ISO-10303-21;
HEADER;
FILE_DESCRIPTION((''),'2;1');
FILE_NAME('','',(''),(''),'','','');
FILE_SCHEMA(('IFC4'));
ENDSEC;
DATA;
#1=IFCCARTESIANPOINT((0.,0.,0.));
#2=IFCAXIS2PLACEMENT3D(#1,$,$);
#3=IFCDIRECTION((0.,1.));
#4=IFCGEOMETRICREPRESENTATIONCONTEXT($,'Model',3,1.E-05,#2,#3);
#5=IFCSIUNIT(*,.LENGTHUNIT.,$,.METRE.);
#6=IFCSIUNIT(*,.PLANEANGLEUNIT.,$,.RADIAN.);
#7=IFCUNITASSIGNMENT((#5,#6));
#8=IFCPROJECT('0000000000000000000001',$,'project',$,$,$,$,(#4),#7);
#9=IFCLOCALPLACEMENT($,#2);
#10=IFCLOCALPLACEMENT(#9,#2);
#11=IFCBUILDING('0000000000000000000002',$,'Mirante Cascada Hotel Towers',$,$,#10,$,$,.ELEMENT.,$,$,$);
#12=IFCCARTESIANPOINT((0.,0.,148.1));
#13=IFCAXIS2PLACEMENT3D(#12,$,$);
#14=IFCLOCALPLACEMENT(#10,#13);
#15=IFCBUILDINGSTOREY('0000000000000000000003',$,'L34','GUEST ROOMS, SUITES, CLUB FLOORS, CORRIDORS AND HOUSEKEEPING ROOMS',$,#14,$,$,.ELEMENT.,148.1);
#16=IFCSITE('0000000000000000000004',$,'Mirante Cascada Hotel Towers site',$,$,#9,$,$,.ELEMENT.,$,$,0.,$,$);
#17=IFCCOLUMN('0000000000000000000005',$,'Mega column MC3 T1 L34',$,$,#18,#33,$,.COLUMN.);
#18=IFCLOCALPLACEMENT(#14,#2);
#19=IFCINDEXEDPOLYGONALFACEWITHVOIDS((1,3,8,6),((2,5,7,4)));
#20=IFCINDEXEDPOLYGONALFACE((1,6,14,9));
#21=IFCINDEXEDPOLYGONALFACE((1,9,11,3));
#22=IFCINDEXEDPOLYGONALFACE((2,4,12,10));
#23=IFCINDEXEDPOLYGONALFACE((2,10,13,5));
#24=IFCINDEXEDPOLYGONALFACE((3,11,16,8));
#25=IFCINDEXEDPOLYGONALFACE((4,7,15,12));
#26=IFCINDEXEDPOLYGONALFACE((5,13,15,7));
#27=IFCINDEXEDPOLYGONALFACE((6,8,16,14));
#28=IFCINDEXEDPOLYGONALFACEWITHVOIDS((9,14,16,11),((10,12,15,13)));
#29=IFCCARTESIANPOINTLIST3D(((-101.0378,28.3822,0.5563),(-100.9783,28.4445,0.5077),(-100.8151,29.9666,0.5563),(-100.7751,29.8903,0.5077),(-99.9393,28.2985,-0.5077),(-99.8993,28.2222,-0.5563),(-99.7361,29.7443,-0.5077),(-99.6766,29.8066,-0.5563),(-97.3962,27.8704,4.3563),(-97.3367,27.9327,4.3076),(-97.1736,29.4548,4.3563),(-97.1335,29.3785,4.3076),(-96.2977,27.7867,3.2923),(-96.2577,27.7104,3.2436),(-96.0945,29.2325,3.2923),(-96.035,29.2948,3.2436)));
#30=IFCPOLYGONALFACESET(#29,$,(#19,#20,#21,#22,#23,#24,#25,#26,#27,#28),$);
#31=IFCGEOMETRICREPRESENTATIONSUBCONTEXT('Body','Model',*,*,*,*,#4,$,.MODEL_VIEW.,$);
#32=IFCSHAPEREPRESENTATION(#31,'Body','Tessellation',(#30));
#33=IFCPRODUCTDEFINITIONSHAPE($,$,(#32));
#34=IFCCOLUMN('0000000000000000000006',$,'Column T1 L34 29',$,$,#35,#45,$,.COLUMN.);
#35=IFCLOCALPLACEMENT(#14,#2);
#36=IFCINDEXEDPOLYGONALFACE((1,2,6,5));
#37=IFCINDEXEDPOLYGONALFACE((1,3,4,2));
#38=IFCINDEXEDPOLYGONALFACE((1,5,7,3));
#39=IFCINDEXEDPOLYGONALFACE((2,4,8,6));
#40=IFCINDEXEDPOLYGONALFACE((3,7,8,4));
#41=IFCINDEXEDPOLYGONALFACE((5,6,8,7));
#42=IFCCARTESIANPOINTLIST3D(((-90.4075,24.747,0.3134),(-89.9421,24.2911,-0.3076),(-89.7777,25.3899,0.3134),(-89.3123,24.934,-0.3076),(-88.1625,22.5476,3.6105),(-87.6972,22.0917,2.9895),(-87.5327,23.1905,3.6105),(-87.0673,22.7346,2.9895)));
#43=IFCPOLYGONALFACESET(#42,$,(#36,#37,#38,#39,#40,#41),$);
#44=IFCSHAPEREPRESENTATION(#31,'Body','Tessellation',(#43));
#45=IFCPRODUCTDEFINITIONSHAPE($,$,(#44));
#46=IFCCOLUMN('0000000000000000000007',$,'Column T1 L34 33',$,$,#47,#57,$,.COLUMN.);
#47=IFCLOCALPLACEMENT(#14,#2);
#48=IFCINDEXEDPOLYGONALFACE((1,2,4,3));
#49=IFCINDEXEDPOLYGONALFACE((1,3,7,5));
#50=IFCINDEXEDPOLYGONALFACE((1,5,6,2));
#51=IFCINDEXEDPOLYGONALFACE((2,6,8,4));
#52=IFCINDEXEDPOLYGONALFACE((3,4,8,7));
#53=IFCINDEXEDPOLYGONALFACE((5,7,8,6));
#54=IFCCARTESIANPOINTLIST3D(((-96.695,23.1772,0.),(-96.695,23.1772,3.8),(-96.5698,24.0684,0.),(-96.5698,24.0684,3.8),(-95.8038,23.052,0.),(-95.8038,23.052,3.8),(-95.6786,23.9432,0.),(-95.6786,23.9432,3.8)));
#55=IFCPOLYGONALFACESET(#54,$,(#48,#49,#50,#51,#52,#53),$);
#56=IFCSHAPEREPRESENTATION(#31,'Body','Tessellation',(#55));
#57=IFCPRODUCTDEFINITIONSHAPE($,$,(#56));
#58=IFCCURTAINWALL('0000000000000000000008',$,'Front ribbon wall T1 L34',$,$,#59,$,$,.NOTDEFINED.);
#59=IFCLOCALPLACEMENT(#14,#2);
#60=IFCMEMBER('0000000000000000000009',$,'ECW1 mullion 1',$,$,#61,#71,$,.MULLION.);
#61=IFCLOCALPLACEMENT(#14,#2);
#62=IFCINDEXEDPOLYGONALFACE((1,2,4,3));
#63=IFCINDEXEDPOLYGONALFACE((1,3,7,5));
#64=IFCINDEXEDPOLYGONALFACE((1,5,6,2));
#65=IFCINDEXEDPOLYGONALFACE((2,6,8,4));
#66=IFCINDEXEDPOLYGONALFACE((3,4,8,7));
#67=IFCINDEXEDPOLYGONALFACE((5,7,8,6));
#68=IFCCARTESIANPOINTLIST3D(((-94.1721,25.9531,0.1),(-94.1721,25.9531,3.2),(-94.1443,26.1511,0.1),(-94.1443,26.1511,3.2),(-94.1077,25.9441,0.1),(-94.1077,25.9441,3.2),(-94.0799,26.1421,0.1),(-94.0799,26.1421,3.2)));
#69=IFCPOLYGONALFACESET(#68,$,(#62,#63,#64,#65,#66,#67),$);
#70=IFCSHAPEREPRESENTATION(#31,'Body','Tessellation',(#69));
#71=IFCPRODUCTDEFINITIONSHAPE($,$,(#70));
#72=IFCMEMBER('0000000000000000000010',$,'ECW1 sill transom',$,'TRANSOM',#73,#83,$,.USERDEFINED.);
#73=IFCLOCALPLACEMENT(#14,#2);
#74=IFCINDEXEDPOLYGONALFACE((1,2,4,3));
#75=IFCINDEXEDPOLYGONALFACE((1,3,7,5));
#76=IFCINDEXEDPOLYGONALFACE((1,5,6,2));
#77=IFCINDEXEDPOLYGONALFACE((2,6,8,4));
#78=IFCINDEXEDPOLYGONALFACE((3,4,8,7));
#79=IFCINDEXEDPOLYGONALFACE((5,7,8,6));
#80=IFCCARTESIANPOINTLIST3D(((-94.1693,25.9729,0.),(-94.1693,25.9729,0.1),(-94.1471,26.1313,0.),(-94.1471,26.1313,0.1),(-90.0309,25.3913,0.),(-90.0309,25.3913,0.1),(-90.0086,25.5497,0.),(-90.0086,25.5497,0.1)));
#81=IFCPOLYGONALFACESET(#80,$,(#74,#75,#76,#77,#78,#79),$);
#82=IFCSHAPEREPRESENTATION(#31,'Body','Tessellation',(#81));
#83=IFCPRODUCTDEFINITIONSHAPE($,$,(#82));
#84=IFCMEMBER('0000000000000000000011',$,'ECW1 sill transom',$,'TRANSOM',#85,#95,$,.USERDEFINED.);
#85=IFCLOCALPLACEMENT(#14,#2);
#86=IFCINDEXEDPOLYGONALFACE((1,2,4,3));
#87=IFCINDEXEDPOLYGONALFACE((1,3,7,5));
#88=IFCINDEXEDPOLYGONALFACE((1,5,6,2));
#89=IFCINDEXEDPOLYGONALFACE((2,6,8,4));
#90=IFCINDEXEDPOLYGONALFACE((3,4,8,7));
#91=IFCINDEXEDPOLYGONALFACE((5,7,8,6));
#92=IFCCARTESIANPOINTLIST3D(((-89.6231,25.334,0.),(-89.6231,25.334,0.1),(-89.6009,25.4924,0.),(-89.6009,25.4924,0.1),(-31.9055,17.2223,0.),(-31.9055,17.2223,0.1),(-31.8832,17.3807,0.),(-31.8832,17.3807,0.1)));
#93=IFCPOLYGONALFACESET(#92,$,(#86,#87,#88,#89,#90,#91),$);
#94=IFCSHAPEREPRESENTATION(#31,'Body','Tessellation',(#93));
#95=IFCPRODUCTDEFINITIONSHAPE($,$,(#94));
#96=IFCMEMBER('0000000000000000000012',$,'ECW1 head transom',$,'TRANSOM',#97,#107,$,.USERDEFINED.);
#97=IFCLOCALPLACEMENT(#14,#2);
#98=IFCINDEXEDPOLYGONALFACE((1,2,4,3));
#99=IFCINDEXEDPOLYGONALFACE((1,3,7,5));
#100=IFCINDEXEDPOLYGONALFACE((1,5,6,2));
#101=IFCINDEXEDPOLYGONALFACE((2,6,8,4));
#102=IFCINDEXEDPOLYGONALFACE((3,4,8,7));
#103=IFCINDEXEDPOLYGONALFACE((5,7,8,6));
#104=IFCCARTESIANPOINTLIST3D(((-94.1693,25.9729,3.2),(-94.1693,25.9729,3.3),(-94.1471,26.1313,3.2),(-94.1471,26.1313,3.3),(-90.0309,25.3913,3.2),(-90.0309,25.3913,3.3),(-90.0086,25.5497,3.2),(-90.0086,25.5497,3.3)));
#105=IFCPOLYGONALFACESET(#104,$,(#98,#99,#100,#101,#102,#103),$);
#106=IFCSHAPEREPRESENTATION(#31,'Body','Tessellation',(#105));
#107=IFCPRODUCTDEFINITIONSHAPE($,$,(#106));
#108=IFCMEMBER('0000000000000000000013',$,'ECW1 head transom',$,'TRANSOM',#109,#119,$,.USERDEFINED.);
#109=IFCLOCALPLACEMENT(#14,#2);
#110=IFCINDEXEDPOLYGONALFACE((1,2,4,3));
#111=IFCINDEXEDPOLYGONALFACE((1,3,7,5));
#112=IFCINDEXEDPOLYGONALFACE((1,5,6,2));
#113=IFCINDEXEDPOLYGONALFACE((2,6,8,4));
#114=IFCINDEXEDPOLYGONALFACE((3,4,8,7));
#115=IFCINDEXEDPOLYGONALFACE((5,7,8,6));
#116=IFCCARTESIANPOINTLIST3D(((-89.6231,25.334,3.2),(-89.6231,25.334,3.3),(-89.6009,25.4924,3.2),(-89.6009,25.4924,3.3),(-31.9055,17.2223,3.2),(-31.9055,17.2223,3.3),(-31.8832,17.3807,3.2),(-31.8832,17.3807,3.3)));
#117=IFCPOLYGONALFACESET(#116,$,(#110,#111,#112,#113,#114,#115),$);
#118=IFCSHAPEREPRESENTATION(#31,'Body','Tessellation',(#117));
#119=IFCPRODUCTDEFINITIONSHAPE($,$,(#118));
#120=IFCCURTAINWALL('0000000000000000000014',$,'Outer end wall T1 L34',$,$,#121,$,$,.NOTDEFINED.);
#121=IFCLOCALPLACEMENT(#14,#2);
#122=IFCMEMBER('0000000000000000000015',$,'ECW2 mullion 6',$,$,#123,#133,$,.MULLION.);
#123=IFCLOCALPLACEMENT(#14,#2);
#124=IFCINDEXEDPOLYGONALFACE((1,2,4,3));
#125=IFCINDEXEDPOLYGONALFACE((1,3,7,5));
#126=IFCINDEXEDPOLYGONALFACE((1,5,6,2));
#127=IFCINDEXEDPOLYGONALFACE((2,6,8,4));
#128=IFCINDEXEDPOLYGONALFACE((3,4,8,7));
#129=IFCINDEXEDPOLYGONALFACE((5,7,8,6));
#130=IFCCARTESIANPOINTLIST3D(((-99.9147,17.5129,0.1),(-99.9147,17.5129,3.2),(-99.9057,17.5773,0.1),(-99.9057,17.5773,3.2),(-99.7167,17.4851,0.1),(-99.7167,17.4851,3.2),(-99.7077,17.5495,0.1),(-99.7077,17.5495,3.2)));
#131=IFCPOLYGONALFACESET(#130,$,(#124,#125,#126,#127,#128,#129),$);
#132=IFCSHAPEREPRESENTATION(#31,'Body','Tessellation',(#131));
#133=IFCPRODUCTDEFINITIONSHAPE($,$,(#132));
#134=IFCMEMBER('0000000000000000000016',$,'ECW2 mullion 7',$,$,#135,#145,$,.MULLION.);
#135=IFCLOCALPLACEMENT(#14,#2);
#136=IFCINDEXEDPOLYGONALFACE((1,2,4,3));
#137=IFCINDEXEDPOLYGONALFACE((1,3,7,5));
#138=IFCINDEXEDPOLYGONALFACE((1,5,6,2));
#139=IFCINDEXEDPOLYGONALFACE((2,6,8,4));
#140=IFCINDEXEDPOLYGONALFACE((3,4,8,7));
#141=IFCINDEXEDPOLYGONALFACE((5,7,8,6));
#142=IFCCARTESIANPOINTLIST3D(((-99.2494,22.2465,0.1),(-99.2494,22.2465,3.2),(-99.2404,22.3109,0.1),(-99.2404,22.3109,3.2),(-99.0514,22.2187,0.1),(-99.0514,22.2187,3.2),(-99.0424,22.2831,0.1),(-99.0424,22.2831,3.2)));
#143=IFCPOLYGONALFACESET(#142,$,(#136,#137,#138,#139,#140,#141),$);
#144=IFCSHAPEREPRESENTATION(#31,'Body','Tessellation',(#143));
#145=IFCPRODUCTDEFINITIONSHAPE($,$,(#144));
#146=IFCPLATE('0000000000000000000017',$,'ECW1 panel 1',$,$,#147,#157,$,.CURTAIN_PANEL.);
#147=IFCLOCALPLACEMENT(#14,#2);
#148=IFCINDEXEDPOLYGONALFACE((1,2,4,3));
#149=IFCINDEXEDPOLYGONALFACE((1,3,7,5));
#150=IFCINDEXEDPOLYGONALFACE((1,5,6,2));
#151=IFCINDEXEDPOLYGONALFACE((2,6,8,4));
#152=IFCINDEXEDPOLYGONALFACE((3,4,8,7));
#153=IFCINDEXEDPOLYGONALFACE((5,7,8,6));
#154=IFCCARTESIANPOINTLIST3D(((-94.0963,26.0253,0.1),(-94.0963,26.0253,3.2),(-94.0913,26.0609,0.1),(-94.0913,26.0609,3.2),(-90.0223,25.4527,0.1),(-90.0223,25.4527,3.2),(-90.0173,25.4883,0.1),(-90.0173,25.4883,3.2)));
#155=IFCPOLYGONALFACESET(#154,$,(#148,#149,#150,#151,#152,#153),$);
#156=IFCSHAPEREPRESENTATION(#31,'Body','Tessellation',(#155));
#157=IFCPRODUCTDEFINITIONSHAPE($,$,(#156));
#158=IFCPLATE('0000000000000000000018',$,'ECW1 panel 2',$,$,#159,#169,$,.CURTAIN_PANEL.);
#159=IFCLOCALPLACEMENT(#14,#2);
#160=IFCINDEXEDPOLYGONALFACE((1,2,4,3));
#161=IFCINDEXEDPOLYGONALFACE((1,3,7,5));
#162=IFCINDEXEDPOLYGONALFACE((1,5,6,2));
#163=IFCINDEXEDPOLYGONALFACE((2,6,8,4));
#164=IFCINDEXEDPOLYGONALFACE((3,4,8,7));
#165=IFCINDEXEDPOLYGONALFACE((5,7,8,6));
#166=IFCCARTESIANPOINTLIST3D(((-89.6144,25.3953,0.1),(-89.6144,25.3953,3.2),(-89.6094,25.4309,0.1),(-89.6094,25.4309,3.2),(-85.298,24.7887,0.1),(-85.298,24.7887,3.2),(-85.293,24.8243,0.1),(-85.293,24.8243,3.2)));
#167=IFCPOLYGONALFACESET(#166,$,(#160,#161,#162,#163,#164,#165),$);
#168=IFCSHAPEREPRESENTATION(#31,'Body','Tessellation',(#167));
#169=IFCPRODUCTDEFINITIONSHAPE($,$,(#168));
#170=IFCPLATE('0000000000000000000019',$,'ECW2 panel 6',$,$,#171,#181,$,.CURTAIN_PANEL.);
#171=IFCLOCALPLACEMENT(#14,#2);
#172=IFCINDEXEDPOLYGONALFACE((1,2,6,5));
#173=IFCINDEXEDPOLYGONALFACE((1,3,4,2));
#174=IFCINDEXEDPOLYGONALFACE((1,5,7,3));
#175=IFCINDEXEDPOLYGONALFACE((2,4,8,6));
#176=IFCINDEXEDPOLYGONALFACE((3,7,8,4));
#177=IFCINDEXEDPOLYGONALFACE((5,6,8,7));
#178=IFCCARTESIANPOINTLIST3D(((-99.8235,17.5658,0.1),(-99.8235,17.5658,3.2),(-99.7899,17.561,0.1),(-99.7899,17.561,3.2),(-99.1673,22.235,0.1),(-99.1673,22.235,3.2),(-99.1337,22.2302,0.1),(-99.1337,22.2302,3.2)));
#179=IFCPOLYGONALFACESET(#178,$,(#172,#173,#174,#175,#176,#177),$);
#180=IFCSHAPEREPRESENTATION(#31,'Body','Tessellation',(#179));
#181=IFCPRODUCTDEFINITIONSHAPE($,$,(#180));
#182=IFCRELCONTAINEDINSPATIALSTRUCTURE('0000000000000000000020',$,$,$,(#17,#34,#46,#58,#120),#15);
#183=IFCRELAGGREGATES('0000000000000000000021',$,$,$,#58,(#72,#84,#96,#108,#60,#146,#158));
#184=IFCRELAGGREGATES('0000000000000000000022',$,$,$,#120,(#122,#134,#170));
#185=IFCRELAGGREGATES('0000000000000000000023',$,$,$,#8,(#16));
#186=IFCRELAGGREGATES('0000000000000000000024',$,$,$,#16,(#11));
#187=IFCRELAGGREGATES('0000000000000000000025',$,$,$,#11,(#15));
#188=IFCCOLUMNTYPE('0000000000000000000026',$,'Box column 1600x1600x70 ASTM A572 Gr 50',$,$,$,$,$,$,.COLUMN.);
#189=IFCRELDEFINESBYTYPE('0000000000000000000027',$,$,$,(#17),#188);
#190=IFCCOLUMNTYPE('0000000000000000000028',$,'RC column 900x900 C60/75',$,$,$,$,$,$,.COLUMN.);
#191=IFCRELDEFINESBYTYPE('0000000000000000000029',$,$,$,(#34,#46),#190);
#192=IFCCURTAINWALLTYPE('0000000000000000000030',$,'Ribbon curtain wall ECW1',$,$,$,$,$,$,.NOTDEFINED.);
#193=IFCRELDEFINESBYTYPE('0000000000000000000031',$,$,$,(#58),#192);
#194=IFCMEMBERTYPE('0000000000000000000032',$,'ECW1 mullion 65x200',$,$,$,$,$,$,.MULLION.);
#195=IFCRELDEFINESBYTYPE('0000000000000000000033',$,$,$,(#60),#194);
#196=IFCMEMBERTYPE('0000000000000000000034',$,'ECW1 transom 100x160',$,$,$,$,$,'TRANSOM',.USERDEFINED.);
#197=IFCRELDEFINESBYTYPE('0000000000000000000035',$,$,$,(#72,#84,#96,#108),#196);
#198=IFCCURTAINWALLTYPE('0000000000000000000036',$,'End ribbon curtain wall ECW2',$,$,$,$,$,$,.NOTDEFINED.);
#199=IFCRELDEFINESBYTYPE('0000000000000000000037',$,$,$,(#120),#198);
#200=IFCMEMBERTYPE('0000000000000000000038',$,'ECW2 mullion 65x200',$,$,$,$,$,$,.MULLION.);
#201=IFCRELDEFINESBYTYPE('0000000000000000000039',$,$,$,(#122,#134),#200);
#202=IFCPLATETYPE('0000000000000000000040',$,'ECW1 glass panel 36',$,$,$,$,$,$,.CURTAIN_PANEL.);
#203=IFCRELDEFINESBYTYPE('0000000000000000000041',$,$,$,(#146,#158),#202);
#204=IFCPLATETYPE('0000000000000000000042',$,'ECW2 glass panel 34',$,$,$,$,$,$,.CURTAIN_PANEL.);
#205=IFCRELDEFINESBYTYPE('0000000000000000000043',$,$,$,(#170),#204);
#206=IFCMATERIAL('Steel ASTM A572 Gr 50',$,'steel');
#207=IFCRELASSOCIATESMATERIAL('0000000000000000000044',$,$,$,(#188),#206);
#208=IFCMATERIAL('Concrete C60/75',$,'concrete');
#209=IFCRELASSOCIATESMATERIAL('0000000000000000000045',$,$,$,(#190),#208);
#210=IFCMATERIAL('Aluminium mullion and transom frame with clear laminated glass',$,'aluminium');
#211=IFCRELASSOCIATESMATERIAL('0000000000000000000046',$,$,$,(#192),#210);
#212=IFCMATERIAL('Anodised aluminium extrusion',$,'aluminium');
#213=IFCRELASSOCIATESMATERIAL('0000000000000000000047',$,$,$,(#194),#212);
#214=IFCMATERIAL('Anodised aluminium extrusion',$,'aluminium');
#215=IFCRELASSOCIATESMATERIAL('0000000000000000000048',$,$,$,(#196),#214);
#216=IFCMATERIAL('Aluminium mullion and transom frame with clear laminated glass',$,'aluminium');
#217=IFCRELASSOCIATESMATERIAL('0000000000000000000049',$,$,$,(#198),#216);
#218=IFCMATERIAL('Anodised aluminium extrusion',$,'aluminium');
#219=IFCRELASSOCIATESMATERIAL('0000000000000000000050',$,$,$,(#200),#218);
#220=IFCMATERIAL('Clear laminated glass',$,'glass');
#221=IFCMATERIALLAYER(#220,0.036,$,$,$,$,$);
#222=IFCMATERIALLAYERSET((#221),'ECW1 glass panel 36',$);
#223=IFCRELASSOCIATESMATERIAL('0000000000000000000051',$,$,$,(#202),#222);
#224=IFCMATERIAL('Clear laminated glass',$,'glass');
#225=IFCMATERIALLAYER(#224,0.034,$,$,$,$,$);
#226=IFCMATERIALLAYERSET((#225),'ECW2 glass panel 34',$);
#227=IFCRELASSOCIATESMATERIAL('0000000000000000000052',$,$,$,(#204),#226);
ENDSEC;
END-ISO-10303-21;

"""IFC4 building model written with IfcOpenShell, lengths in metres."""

from ifc_helpers import new_model, si_unit, direction, frame, origin, origin_2d, place, context, subcontext, project, spatial, rectangle, hollow_rectangle, extrude, material, layer, layer_set, material_profile, profile_set, type_object, element, aggregate, save


model = new_model("IFC4")

# Units and contexts
model_context = context("Model", 3, precision=1e-05, world=origin(), true_north=direction((0.0, 1.0)))
body_context = subcontext(model_context, "Body", "Model", "MODEL_VIEW")
ifc_project = project(units=[si_unit("LENGTHUNIT", "METRE"), si_unit("PLANEANGLEUNIT", "RADIAN")], contexts=[model_context])

# Site, building, storey
site_placement = place(None, origin())
site = spatial("IfcSite", under=ifc_project, at=site_placement, Name="Mirante Cascada Hotel Towers site", CompositionType="ELEMENT", RefElevation=0.0)
building_placement = place(site_placement, origin())
building = spatial("IfcBuilding", under=site, at=building_placement, Name="Mirante Cascada Hotel Towers", CompositionType="ELEMENT")
storey_placement = place(building_placement, frame((0.0, 0.0, 148.1)))
storey = spatial("IfcBuildingStorey", under=building, at=storey_placement, Name="L34", Description="GUEST ROOMS, SUITES, CLUB FLOORS, CORRIDORS AND HOUSEKEEPING ROOMS", CompositionType="ELEMENT", Elevation=148.1)

# Columns
ifc_material_1 = material(Name="Steel ASTM A572 Gr 50", Category="steel")
ifc_material_profile_1 = material_profile(ifc_material_1, hollow_rectangle(XDim=1.6, YDim=1.6, WallThickness=0.07, at=origin_2d()), Name="Box column 1600x1600x70 ASTM A572 Gr 50")
ifc_profile_set_1 = profile_set([ifc_material_profile_1], Name="Steel ASTM A572 Gr 50")
column_type_1 = type_object("IfcColumnType", Name="Box column 1600x1600x70 ASTM A572 Gr 50", PredefinedType="COLUMN", material=ifc_profile_set_1)
column_1_placement = place(storey_placement, frame((-100.3572, 29.0944, 0.0), z_axis=(0.688651, -0.096785, 0.718605), x_axis=(0.139175, 0.990268, 0.0)))
element("IfcColumn", 1, at=column_1_placement, inside=storey, type_object=column_type_1, Name="Mega column MC3 T1 L34", PredefinedType="COLUMN", context=body_context, shape_type="SweptSolid", body=[
    extrude(hollow_rectangle(XDim=1.6, YDim=1.6, WallThickness=0.07, at=origin_2d()), origin(), (0.0, 0.0, 1.0), 5.288),
])
ifc_material_2 = material(Name="Concrete C60/75", Category="concrete")
ifc_material_profile_2 = material_profile(ifc_material_2, rectangle(XDim=0.9, YDim=0.9, at=origin_2d()), Name="RC column 900x900 C60/75")
ifc_profile_set_2 = profile_set([ifc_material_profile_2], Name="Concrete C60/75")
column_type_2 = type_object("IfcColumnType", Name="RC column 900x900 C60/75", PredefinedType="COLUMN", material=ifc_profile_set_2)
column_2_placement = place(storey_placement, frame((-89.8599, 24.8405, 0.0029), z_axis=(0.492862, -0.482851, 0.723838), x_axis=(0.699815, 0.714324, 0.0)))
element("IfcColumn", 2, at=column_2_placement, inside=storey, type_object=column_type_2, Name="Column T1 L34 29", PredefinedType="COLUMN", context=body_context, shape_type="SweptSolid", body=[
    extrude(rectangle(XDim=0.9, YDim=0.9, at=origin_2d()), origin(), (0.0, 0.0, 1.0), 4.555),
])
column_3_placement = place(storey_placement, frame((-96.1868, 23.5602, 0.0), z_axis=(0.0, 0.0, 1.0), x_axis=(-0.990268, 0.139173, 0.0)))
element("IfcColumn", 3, at=column_3_placement, inside=storey, type_object=column_type_2, Name="Column T1 L34 33", PredefinedType="COLUMN", context=body_context, shape_type="SweptSolid", body=[
    extrude(rectangle(XDim=0.9, YDim=0.9, at=origin_2d()), origin(), (0.0, 0.0, 1.0), 3.8),
])

# Curtain walls, members
ifc_material_3 = material(Name="Aluminium mullion and transom frame with clear laminated glass", Category="aluminium")
curtain_wall_type_1 = type_object("IfcCurtainWallType", Name="Ribbon curtain wall ECW1", PredefinedType="NOTDEFINED", material=ifc_material_3)
curtain_wall_1_placement = place(storey_placement, origin())
curtain_wall_1 = element("IfcCurtainWall", 4, at=curtain_wall_1_placement, inside=storey, type_object=curtain_wall_type_1, Name="Front ribbon wall T1 L34", PredefinedType="NOTDEFINED")
ifc_material_4 = material(Name="Anodised aluminium extrusion", Category="aluminium")
ifc_material_profile_3 = material_profile(ifc_material_4, rectangle(XDim=0.2, YDim=0.065, at=origin_2d()), Name="ECW1 MULLION 65x200")
ifc_profile_set_3 = profile_set([ifc_material_profile_3], Name="Anodised aluminium extrusion")
member_type_1 = type_object("IfcMemberType", Name="ECW1 mullion 65x200", PredefinedType="MULLION", material=ifc_profile_set_3)
member_1_placement = place(storey_placement, frame((-94.126, 26.0476, 0.1), z_axis=(0.0, 0.0, 1.0), x_axis=(0.139173, 0.990268, 0.0)))
member_1 = element("IfcMember", 5, at=member_1_placement, type_object=member_type_1, Name="ECW1 mullion 1", PredefinedType="MULLION", context=body_context, shape_type="SweptSolid", body=[
    extrude(rectangle(XDim=0.2, YDim=0.065, at=origin_2d()), origin(), (0.0, 0.0, 1.0), 3.1),
])
ifc_material_5 = material(Name="Anodised aluminium extrusion", Category="aluminium")
ifc_material_profile_4 = material_profile(ifc_material_5, rectangle(XDim=0.16, YDim=0.1, at=origin_2d()), Name="ECW1 TRANSOM 100x160")
ifc_profile_set_4 = profile_set([ifc_material_profile_4], Name="Anodised aluminium extrusion")
member_type_2 = type_object("IfcMemberType", Name="ECW1 transom 100x160", ElementType="TRANSOM", PredefinedType="USERDEFINED", material=ifc_profile_set_4)
member_2_placement = place(storey_placement, frame((-94.1582, 26.0521, 0.05), z_axis=(0.990268, -0.13917, 0.0), x_axis=(0.13917, 0.990268, 0.0)))
member_2 = element("IfcMember", 6, at=member_2_placement, type_object=member_type_2, Name="ECW1 sill transom", ObjectType="TRANSOM", PredefinedType="USERDEFINED", context=body_context, shape_type="SweptSolid", body=[
    extrude(rectangle(XDim=0.16, YDim=0.1, at=origin_2d()), origin(), (0.0, 0.0, 1.0), 4.1791),
])
member_3_placement = place(storey_placement, frame((-89.612, 25.4132, 0.05), z_axis=(0.990268, -0.139173, 0.0), x_axis=(0.139173, 0.990268, 0.0)))
member_3 = element("IfcMember", 7, at=member_3_placement, type_object=member_type_2, Name="ECW1 sill transom", ObjectType="TRANSOM", PredefinedType="USERDEFINED", context=body_context, shape_type="SweptSolid", body=[
    extrude(rectangle(XDim=0.16, YDim=0.1, at=origin_2d()), origin(), (0.0, 0.0, 1.0), 58.2849),
])
member_4_placement = place(storey_placement, frame((-94.1582, 26.0521, 3.25), z_axis=(0.990268, -0.13917, 0.0), x_axis=(0.13917, 0.990268, 0.0)))
member_4 = element("IfcMember", 8, at=member_4_placement, type_object=member_type_2, Name="ECW1 head transom", ObjectType="TRANSOM", PredefinedType="USERDEFINED", context=body_context, shape_type="SweptSolid", body=[
    extrude(rectangle(XDim=0.16, YDim=0.1, at=origin_2d()), origin(), (0.0, 0.0, 1.0), 4.1791),
])
member_5_placement = place(storey_placement, frame((-89.612, 25.4132, 3.25), z_axis=(0.990268, -0.139173, 0.0), x_axis=(0.139173, 0.990268, 0.0)))
member_5 = element("IfcMember", 9, at=member_5_placement, type_object=member_type_2, Name="ECW1 head transom", ObjectType="TRANSOM", PredefinedType="USERDEFINED", context=body_context, shape_type="SweptSolid", body=[
    extrude(rectangle(XDim=0.16, YDim=0.1, at=origin_2d()), origin(), (0.0, 0.0, 1.0), 58.2849),
])
ifc_material_6 = material(Name="Aluminium mullion and transom frame with clear laminated glass", Category="aluminium")
curtain_wall_type_2 = type_object("IfcCurtainWallType", Name="End ribbon curtain wall ECW2", PredefinedType="NOTDEFINED", material=ifc_material_6)
curtain_wall_2_placement = place(storey_placement, origin())
curtain_wall_2 = element("IfcCurtainWall", 10, at=curtain_wall_2_placement, inside=storey, type_object=curtain_wall_type_2, Name="Outer end wall T1 L34", PredefinedType="NOTDEFINED")
ifc_material_7 = material(Name="Anodised aluminium extrusion", Category="aluminium")
ifc_material_profile_5 = material_profile(ifc_material_7, rectangle(XDim=0.2, YDim=0.065, at=origin_2d()), Name="ECW2 MULLION 65x200")
ifc_profile_set_5 = profile_set([ifc_material_profile_5], Name="Anodised aluminium extrusion")
member_type_3 = type_object("IfcMemberType", Name="ECW2 mullion 65x200", PredefinedType="MULLION", material=ifc_profile_set_5)
member_6_placement = place(storey_placement, frame((-99.8112, 17.5312, 0.1), z_axis=(0.0, 0.0, 1.0), x_axis=(-0.990268, 0.139173, 0.0)))
member_6 = element("IfcMember", 11, at=member_6_placement, type_object=member_type_3, Name="ECW2 mullion 6", PredefinedType="MULLION", context=body_context, shape_type="SweptSolid", body=[
    extrude(rectangle(XDim=0.2, YDim=0.065, at=origin_2d()), origin(), (0.0, 0.0, 1.0), 3.1),
])
member_7_placement = place(storey_placement, frame((-99.1459, 22.2648, 0.1), z_axis=(0.0, 0.0, 1.0), x_axis=(-0.990268, 0.139173, 0.0)))
member_7 = element("IfcMember", 12, at=member_7_placement, type_object=member_type_3, Name="ECW2 mullion 7", PredefinedType="MULLION", context=body_context, shape_type="SweptSolid", body=[
    extrude(rectangle(XDim=0.2, YDim=0.065, at=origin_2d()), origin(), (0.0, 0.0, 1.0), 3.1),
])

# Plates
ifc_material_8 = material(Name="Clear laminated glass", Category="glass")
ifc_layer_1 = layer(ifc_material_8, 0.036)
ifc_layer_set_1 = layer_set([ifc_layer_1], Name="ECW1 glass panel 36")
plate_type_1 = type_object("IfcPlateType", Name="ECW1 glass panel 36", PredefinedType="CURTAIN_PANEL", material=ifc_layer_set_1)
plate_1_placement = place(storey_placement, frame((-92.0568, 25.7568, 0.1), z_axis=(0.0, 0.0, 1.0), x_axis=(0.990268, -0.139173, 0.0)))
plate_1 = element("IfcPlate", 13, at=plate_1_placement, type_object=plate_type_1, Name="ECW1 panel 1", PredefinedType="CURTAIN_PANEL", context=body_context, shape_type="SweptSolid", body=[
    extrude(rectangle(XDim=4.114, YDim=0.036, at=origin_2d()), origin(), (0.0, 0.0, 1.0), 3.1),
])
plate_2_placement = place(storey_placement, frame((-87.4537, 25.1098, 0.1), z_axis=(0.0, 0.0, 1.0), x_axis=(0.990268, -0.139173, 0.0)))
plate_2 = element("IfcPlate", 14, at=plate_2_placement, type_object=plate_type_1, Name="ECW1 panel 2", PredefinedType="CURTAIN_PANEL", context=body_context, shape_type="SweptSolid", body=[
    extrude(rectangle(XDim=4.3589, YDim=0.036, at=origin_2d()), origin(), (0.0, 0.0, 1.0), 3.1),
])
aggregate(curtain_wall_1, [member_2, member_3, member_4, member_5, member_1, plate_1, plate_2])
ifc_material_9 = material(Name="Clear laminated glass", Category="glass")
ifc_layer_2 = layer(ifc_material_9, 0.034)
ifc_layer_set_2 = layer_set([ifc_layer_2], Name="ECW2 glass panel 34")
plate_type_2 = type_object("IfcPlateType", Name="ECW2 glass panel 34", PredefinedType="CURTAIN_PANEL", material=ifc_layer_set_2)
plate_3_placement = place(storey_placement, frame((-99.4786, 19.898, 0.1), z_axis=(0.0, 0.0, 1.0), x_axis=(0.139173, 0.990268, 0.0)))
plate_3 = element("IfcPlate", 15, at=plate_3_placement, type_object=plate_type_2, Name="ECW2 panel 6", PredefinedType="CURTAIN_PANEL", context=body_context, shape_type="SweptSolid", body=[
    extrude(rectangle(XDim=4.7151, YDim=0.034, at=origin_2d()), origin(), (0.0, 0.0, 1.0), 3.1),
])
aggregate(curtain_wall_2, [member_6, member_7, plate_3])

save(model, "model.ifc")
